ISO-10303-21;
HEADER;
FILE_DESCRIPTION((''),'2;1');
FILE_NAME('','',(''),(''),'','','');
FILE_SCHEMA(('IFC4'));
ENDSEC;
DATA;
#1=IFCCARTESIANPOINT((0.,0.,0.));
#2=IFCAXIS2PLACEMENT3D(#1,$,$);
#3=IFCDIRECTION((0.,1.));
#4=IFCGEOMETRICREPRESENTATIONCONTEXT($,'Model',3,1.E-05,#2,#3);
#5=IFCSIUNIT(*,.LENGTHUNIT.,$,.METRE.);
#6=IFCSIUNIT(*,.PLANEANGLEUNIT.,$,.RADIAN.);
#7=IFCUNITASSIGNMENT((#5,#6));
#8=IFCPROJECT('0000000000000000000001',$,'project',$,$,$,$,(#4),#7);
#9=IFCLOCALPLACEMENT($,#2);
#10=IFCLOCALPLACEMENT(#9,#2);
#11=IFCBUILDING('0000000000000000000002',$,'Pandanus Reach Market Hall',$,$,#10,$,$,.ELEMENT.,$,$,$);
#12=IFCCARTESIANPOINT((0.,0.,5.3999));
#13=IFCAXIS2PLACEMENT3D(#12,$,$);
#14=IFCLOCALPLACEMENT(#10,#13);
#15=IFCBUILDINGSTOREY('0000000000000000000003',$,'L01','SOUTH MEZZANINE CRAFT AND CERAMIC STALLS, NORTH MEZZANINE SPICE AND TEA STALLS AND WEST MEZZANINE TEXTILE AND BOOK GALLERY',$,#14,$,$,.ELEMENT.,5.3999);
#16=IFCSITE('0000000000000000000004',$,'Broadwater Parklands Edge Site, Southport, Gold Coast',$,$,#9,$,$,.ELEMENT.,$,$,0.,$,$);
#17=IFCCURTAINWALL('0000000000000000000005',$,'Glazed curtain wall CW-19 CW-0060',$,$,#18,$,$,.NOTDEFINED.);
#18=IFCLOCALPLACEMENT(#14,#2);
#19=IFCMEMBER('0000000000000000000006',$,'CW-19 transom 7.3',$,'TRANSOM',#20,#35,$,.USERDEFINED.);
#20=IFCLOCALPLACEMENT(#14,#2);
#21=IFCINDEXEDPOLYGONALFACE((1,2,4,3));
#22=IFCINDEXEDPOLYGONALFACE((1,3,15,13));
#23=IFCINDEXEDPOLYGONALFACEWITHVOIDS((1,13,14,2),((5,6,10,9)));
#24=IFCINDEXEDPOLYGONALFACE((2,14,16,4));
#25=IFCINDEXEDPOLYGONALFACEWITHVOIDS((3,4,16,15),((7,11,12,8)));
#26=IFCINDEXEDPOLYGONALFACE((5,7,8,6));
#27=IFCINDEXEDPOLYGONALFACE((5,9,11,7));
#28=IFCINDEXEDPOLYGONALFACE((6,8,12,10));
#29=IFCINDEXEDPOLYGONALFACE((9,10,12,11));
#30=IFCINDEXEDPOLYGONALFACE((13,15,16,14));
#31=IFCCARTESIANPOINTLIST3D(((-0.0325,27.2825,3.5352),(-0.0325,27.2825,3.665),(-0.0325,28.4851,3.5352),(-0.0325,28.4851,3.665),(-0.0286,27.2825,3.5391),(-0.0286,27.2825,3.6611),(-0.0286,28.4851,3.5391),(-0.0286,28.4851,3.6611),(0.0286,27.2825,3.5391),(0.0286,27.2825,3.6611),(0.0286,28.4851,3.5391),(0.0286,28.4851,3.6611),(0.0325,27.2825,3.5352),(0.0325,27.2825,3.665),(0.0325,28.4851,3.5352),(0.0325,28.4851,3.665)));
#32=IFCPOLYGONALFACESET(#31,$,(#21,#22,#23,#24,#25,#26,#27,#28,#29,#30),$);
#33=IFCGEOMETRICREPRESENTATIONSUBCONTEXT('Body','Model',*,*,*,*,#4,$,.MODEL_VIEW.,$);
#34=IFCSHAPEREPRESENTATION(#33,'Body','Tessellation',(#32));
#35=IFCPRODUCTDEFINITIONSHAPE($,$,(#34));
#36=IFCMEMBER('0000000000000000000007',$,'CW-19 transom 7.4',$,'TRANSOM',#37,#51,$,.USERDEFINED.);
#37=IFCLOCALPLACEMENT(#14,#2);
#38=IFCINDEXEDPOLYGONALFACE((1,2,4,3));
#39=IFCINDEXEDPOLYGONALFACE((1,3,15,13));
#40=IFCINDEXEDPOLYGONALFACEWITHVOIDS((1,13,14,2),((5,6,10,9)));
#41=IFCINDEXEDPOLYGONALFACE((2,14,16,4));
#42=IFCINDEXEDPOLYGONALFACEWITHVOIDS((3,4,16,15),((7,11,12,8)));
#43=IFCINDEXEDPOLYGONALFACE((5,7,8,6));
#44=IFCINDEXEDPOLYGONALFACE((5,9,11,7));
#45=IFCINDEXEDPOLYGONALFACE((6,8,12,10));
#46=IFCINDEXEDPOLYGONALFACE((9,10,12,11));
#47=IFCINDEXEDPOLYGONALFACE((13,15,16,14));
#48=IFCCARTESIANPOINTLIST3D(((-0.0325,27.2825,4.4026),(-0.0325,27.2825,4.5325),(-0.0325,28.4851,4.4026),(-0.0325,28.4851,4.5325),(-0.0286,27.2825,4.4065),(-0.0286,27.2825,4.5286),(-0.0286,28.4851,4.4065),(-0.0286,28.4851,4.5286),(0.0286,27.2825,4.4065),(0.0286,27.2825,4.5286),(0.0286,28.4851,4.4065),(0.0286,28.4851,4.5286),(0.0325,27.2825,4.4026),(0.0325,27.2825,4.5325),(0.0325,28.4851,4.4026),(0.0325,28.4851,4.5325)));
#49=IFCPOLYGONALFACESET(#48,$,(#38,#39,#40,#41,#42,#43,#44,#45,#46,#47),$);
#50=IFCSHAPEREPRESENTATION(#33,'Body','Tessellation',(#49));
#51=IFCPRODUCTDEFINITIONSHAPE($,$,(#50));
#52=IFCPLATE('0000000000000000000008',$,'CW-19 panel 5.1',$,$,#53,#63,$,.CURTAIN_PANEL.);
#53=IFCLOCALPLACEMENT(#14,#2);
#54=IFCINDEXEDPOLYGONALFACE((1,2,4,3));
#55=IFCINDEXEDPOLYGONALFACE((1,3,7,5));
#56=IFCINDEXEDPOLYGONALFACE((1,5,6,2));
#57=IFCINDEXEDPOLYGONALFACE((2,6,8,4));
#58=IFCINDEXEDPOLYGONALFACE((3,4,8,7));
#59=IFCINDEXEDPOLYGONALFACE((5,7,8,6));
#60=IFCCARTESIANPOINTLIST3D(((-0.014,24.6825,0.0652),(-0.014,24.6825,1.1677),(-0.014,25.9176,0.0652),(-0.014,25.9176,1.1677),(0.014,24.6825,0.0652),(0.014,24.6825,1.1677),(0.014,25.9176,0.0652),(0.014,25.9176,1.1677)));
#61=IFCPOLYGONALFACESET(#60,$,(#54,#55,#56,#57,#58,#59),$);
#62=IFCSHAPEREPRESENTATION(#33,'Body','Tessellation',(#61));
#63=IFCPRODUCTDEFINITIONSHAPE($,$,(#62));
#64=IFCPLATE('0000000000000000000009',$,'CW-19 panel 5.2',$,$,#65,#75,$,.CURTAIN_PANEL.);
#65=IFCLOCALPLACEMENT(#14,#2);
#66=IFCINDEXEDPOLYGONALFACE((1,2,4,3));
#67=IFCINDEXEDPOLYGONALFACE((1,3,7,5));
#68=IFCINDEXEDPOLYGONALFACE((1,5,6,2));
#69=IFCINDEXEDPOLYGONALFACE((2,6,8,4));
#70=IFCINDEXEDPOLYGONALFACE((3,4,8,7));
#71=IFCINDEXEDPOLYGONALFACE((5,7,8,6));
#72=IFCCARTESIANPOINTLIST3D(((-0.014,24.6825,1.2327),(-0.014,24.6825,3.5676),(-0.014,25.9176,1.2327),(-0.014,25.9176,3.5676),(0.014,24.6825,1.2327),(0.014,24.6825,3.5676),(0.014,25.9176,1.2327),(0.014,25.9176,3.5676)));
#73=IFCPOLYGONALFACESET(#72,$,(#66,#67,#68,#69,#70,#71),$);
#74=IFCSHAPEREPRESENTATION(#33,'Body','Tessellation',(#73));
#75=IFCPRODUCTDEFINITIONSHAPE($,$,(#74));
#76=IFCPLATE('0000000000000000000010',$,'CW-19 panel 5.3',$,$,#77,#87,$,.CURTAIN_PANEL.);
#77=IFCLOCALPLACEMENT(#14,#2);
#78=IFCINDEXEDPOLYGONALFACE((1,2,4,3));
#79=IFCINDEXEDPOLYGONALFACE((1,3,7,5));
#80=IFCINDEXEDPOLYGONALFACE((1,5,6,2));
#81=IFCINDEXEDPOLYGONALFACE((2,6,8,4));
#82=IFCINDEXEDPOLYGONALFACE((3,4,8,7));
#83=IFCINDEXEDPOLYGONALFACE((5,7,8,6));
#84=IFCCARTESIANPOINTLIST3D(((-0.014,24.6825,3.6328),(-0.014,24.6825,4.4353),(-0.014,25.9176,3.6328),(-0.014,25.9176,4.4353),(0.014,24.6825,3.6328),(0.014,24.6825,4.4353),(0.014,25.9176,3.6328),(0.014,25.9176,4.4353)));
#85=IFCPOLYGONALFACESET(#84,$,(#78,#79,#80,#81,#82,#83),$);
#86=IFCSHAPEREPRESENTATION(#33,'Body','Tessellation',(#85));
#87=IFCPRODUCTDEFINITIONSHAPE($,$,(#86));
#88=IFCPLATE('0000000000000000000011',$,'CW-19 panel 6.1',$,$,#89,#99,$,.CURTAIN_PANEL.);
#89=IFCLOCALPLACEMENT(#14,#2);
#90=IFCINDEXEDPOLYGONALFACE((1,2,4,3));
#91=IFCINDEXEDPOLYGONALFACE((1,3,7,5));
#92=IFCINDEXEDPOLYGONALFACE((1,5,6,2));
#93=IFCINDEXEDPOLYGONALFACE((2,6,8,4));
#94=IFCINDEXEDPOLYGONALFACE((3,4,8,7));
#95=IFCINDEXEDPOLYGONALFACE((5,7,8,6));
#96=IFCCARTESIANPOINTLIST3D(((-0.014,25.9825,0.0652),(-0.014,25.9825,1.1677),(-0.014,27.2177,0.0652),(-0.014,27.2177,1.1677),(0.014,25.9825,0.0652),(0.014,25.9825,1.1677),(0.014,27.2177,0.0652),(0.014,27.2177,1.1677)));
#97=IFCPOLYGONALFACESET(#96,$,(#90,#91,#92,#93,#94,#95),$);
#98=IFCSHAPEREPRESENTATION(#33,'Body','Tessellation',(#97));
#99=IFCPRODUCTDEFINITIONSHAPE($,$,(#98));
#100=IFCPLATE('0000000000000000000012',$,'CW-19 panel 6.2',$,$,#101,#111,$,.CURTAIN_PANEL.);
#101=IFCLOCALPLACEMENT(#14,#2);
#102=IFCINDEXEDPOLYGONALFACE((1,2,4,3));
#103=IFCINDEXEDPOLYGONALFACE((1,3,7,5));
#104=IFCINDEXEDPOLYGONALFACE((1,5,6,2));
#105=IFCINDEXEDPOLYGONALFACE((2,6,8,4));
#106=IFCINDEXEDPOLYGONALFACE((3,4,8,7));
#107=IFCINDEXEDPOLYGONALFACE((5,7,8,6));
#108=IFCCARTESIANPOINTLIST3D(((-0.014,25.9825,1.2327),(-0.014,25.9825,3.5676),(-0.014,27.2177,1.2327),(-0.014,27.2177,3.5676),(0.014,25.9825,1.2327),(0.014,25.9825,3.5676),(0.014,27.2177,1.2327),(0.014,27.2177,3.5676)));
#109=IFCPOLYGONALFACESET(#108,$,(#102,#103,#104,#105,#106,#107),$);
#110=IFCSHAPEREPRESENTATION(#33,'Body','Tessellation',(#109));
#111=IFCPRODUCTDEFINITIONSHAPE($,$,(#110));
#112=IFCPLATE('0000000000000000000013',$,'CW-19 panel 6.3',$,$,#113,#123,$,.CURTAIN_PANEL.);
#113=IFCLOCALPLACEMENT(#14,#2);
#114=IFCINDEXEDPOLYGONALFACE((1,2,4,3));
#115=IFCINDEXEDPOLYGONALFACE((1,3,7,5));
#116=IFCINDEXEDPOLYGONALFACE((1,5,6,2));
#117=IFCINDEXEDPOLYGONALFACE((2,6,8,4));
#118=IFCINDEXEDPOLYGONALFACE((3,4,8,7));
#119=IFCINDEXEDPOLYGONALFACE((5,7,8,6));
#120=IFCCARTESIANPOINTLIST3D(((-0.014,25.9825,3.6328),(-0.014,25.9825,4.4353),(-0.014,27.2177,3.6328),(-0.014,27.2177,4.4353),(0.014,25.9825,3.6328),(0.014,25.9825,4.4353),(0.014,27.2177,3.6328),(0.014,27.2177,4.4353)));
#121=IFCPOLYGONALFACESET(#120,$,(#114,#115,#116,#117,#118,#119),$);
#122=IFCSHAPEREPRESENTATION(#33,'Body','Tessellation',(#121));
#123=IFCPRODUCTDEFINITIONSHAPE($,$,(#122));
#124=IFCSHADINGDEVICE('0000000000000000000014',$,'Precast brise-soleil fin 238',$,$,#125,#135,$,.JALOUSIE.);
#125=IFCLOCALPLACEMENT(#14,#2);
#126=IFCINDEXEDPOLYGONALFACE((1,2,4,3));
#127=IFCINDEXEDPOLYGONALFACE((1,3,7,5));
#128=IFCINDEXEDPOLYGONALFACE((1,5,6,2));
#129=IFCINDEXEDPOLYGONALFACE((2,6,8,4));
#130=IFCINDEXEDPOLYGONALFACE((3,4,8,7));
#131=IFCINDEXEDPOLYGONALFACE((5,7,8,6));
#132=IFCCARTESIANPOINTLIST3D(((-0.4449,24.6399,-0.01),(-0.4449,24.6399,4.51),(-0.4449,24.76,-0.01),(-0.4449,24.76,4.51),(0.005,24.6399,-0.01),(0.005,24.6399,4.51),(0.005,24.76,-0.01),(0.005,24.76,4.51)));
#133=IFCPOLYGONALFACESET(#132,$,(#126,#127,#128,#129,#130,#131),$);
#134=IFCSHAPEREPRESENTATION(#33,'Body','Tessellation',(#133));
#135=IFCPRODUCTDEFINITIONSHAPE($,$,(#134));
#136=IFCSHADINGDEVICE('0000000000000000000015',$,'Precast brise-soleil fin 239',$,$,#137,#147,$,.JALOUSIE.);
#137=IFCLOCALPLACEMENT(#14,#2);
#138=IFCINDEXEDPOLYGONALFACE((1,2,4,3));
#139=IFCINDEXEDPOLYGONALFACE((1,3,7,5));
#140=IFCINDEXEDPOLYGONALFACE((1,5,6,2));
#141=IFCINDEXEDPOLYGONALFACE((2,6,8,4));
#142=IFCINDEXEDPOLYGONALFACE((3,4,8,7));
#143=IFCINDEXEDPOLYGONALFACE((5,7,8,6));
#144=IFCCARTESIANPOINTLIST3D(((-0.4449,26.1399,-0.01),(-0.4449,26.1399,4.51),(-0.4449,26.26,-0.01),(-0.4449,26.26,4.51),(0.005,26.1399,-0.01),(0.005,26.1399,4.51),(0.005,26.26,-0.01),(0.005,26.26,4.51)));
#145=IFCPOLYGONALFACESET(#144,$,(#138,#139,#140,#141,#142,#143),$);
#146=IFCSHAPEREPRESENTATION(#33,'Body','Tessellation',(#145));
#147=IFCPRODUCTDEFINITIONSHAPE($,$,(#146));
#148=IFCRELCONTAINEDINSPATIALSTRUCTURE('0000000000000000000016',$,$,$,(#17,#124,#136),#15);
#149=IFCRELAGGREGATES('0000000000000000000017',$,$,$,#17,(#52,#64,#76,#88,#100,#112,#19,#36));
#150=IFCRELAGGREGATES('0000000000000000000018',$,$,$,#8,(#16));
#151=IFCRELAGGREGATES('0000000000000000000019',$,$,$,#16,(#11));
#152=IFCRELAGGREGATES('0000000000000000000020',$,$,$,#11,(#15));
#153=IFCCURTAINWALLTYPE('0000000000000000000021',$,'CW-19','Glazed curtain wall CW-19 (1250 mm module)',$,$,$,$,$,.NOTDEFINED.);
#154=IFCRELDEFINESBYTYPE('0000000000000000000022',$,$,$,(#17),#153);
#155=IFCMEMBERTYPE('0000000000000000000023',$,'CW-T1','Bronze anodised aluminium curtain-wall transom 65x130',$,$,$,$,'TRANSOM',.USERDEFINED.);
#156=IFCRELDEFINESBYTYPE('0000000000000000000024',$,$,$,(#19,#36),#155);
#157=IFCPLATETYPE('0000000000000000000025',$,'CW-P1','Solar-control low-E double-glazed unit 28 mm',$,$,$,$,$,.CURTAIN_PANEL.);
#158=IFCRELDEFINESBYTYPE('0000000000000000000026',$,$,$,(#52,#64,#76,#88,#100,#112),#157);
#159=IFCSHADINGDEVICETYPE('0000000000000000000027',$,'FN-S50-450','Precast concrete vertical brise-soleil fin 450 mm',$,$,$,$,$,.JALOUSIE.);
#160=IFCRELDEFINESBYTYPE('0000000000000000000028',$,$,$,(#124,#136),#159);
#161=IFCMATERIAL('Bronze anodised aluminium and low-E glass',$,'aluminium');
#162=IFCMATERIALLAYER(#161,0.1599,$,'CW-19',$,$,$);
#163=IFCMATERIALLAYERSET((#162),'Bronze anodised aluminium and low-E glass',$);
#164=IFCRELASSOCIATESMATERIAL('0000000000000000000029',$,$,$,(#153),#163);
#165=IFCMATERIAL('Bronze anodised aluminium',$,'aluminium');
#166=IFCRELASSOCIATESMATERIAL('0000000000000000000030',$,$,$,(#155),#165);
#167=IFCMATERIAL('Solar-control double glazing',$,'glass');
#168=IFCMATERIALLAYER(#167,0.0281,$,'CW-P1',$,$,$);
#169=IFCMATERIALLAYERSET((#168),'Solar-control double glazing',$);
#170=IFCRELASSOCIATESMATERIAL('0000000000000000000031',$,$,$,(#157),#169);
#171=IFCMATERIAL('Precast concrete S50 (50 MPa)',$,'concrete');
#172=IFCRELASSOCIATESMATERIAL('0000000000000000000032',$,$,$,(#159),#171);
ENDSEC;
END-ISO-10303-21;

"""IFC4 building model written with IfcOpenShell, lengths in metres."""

from ifc_helpers import new_model, si_unit, direction, frame, origin, origin_2d, place, context, subcontext, project, spatial, rectangle, hollow_rectangle, extrude, material, layer, layer_set, material_profile, profile_set, type_object, element, aggregate, save


model = new_model("IFC4")

# Units and contexts
model_context = context("Model", 3, precision=1e-05, world=origin(), true_north=direction((0.0, 1.0)))
body_context = subcontext(model_context, "Body", "Model", "MODEL_VIEW")
ifc_project = project(units=[si_unit("LENGTHUNIT", "METRE"), si_unit("PLANEANGLEUNIT", "RADIAN")], contexts=[model_context])

# Site, building, storey
site_placement = place(None, origin())
site = spatial("IfcSite", under=ifc_project, at=site_placement, Name="Broadwater Parklands Edge Site, Southport, Gold Coast", CompositionType="ELEMENT", RefElevation=0.0)
building_placement = place(site_placement, origin())
building = spatial("IfcBuilding", under=site, at=building_placement, Name="Pandanus Reach Market Hall", CompositionType="ELEMENT")
storey_placement = place(building_placement, frame((0.0, 0.0, 5.3999)))
storey = spatial("IfcBuildingStorey", under=building, at=storey_placement, Name="L01", Description="SOUTH MEZZANINE CRAFT AND CERAMIC STALLS, NORTH MEZZANINE SPICE AND TEA STALLS AND WEST MEZZANINE TEXTILE AND BOOK GALLERY", CompositionType="ELEMENT", Elevation=5.3999)

# Curtain wall, members, plates
ifc_material_1 = material(Name="Bronze anodised aluminium and low-E glass", Category="aluminium")
ifc_layer_1 = layer(ifc_material_1, 0.1599, Name="CW-19")
ifc_layer_set_1 = layer_set([ifc_layer_1], Name="Bronze anodised aluminium and low-E glass")
curtain_wall_type = type_object("IfcCurtainWallType", Name="CW-19", Description="Glazed curtain wall CW-19 (1250 mm module)", PredefinedType="NOTDEFINED", material=ifc_layer_set_1)
curtain_wall_placement = place(storey_placement, origin())
curtain_wall = element("IfcCurtainWall", 1, at=curtain_wall_placement, inside=storey, type_object=curtain_wall_type, Name="Glazed curtain wall CW-19 CW-0060", PredefinedType="NOTDEFINED")
ifc_material_2 = material(Name="Bronze anodised aluminium", Category="aluminium")
ifc_material_profile_1 = material_profile(ifc_material_2, hollow_rectangle(XDim=0.0649, YDim=0.1299, WallThickness=0.0039, at=origin_2d()), Name="ALU65x130", Category="LoadBearing")
ifc_profile_set_1 = profile_set([ifc_material_profile_1], Name="Bronze anodised aluminium")
member_type_1 = type_object("IfcMemberType", Name="CW-T1", Description="Bronze anodised aluminium curtain-wall transom 65x130", ElementType="TRANSOM", PredefinedType="USERDEFINED", material=ifc_profile_set_1)
member_1_placement = place(storey_placement, frame((0.0, 27.2825, 3.6001), z_axis=(0.0, 1.0, 0.0), x_axis=(-1.0, 0.0, 0.0)))
member_1 = element("IfcMember", 2, at=member_1_placement, type_object=member_type_1, Name="CW-19 transom 7.3", ObjectType="TRANSOM", PredefinedType="USERDEFINED", context=body_context, shape_type="SweptSolid", body=[
    extrude(hollow_rectangle(XDim=0.0649, YDim=0.1299, WallThickness=0.0039, at=origin_2d()), origin(), (0.0, 0.0, 1.0), 1.2026),
])
member_2_placement = place(storey_placement, frame((0.0, 27.2825, 4.4675), z_axis=(0.0, 1.0, 0.0), x_axis=(-1.0, 0.0, 0.0)))
member_2 = element("IfcMember", 3, at=member_2_placement, type_object=member_type_1, Name="CW-19 transom 7.4", ObjectType="TRANSOM", PredefinedType="USERDEFINED", context=body_context, shape_type="SweptSolid", body=[
    extrude(hollow_rectangle(XDim=0.0649, YDim=0.1299, WallThickness=0.0039, at=origin_2d()), origin(), (0.0, 0.0, 1.0), 1.2026),
])
ifc_material_3 = material(Name="Solar-control double glazing", Category="glass")
ifc_layer_2 = layer(ifc_material_3, 0.0281, Name="CW-P1")
ifc_layer_set_2 = layer_set([ifc_layer_2], Name="Solar-control double glazing")
plate_type = type_object("IfcPlateType", Name="CW-P1", Description="Solar-control low-E double-glazed unit 28 mm", PredefinedType="CURTAIN_PANEL", material=ifc_layer_set_2)
plate_1_placement = place(storey_placement, frame((0.0, 25.3, 0.0652), z_axis=(0.0, 0.0, 1.0), x_axis=(0.0, 1.0, 0.0)))
plate_1 = element("IfcPlate", 4, at=plate_1_placement, type_object=plate_type, Name="CW-19 panel 5.1", PredefinedType="CURTAIN_PANEL", context=body_context, shape_type="SweptSolid", body=[
    extrude(rectangle(XDim=1.2351, YDim=0.0281, at=origin_2d()), origin(), (0.0, 0.0, 1.0), 1.1025),
])
plate_2_placement = place(storey_placement, frame((0.0, 25.3, 1.2327), z_axis=(0.0, 0.0, 1.0), x_axis=(0.0, 1.0, 0.0)))
plate_2 = element("IfcPlate", 5, at=plate_2_placement, type_object=plate_type, Name="CW-19 panel 5.2", PredefinedType="CURTAIN_PANEL", context=body_context, shape_type="SweptSolid", body=[
    extrude(rectangle(XDim=1.2351, YDim=0.0281, at=origin_2d()), origin(), (0.0, 0.0, 1.0), 2.335),
])
plate_3_placement = place(storey_placement, frame((0.0, 25.3, 3.6328), z_axis=(0.0, 0.0, 1.0), x_axis=(0.0, 1.0, 0.0)))
plate_3 = element("IfcPlate", 6, at=plate_3_placement, type_object=plate_type, Name="CW-19 panel 5.3", PredefinedType="CURTAIN_PANEL", context=body_context, shape_type="SweptSolid", body=[
    extrude(rectangle(XDim=1.2351, YDim=0.0281, at=origin_2d()), origin(), (0.0, 0.0, 1.0), 0.8025),
])
plate_4_placement = place(storey_placement, frame((0.0, 26.6001, 0.0652), z_axis=(0.0, 0.0, 1.0), x_axis=(0.0, 1.0, 0.0)))
plate_4 = element("IfcPlate", 7, at=plate_4_placement, type_object=plate_type, Name="CW-19 panel 6.1", PredefinedType="CURTAIN_PANEL", context=body_context, shape_type="SweptSolid", body=[
    extrude(rectangle(XDim=1.2351, YDim=0.0281, at=origin_2d()), origin(), (0.0, 0.0, 1.0), 1.1025),
])
plate_5_placement = place(storey_placement, frame((0.0, 26.6001, 1.2327), z_axis=(0.0, 0.0, 1.0), x_axis=(0.0, 1.0, 0.0)))
plate_5 = element("IfcPlate", 8, at=plate_5_placement, type_object=plate_type, Name="CW-19 panel 6.2", PredefinedType="CURTAIN_PANEL", context=body_context, shape_type="SweptSolid", body=[
    extrude(rectangle(XDim=1.2351, YDim=0.0281, at=origin_2d()), origin(), (0.0, 0.0, 1.0), 2.335),
])
plate_6_placement = place(storey_placement, frame((0.0, 26.6001, 3.6328), z_axis=(0.0, 0.0, 1.0), x_axis=(0.0, 1.0, 0.0)))
plate_6 = element("IfcPlate", 9, at=plate_6_placement, type_object=plate_type, Name="CW-19 panel 6.3", PredefinedType="CURTAIN_PANEL", context=body_context, shape_type="SweptSolid", body=[
    extrude(rectangle(XDim=1.2351, YDim=0.0281, at=origin_2d()), origin(), (0.0, 0.0, 1.0), 0.8025),
])
aggregate(curtain_wall, [plate_1, plate_2, plate_3, plate_4, plate_5, plate_6, member_1, member_2])

# Shading devices
ifc_material_4 = material(Name="Precast concrete S50 (50 MPa)", Category="concrete")
shading_device_type = type_object("IfcShadingDeviceType", Name="FN-S50-450", Description="Precast concrete vertical brise-soleil fin 450 mm", PredefinedType="JALOUSIE", material=ifc_material_4)
for number, where, z_axis, x_axis, name in (
    (10, (-0.22, 24.7, -0.01), (0.0, 0.0, 1.0), (-1.0, 0.0, 0.0), "Precast brise-soleil fin 238"),
    (11, (-0.22, 26.2, -0.01), (0.0, 0.0, 1.0), (-1.0, 0.0, 0.0), "Precast brise-soleil fin 239"),
):
    element("IfcShadingDevice", number, at=place(storey_placement, frame(where, z_axis=z_axis, x_axis=x_axis)), inside=storey, type_object=shading_device_type, Name=name, PredefinedType="JALOUSIE", context=body_context, shape_type="SweptSolid", body=[
        extrude(rectangle(XDim=0.45, YDim=0.1201, at=origin_2d()), origin(), (0.0, 0.0, 1.0), 4.52),
    ])

save(model, "model.ifc")
